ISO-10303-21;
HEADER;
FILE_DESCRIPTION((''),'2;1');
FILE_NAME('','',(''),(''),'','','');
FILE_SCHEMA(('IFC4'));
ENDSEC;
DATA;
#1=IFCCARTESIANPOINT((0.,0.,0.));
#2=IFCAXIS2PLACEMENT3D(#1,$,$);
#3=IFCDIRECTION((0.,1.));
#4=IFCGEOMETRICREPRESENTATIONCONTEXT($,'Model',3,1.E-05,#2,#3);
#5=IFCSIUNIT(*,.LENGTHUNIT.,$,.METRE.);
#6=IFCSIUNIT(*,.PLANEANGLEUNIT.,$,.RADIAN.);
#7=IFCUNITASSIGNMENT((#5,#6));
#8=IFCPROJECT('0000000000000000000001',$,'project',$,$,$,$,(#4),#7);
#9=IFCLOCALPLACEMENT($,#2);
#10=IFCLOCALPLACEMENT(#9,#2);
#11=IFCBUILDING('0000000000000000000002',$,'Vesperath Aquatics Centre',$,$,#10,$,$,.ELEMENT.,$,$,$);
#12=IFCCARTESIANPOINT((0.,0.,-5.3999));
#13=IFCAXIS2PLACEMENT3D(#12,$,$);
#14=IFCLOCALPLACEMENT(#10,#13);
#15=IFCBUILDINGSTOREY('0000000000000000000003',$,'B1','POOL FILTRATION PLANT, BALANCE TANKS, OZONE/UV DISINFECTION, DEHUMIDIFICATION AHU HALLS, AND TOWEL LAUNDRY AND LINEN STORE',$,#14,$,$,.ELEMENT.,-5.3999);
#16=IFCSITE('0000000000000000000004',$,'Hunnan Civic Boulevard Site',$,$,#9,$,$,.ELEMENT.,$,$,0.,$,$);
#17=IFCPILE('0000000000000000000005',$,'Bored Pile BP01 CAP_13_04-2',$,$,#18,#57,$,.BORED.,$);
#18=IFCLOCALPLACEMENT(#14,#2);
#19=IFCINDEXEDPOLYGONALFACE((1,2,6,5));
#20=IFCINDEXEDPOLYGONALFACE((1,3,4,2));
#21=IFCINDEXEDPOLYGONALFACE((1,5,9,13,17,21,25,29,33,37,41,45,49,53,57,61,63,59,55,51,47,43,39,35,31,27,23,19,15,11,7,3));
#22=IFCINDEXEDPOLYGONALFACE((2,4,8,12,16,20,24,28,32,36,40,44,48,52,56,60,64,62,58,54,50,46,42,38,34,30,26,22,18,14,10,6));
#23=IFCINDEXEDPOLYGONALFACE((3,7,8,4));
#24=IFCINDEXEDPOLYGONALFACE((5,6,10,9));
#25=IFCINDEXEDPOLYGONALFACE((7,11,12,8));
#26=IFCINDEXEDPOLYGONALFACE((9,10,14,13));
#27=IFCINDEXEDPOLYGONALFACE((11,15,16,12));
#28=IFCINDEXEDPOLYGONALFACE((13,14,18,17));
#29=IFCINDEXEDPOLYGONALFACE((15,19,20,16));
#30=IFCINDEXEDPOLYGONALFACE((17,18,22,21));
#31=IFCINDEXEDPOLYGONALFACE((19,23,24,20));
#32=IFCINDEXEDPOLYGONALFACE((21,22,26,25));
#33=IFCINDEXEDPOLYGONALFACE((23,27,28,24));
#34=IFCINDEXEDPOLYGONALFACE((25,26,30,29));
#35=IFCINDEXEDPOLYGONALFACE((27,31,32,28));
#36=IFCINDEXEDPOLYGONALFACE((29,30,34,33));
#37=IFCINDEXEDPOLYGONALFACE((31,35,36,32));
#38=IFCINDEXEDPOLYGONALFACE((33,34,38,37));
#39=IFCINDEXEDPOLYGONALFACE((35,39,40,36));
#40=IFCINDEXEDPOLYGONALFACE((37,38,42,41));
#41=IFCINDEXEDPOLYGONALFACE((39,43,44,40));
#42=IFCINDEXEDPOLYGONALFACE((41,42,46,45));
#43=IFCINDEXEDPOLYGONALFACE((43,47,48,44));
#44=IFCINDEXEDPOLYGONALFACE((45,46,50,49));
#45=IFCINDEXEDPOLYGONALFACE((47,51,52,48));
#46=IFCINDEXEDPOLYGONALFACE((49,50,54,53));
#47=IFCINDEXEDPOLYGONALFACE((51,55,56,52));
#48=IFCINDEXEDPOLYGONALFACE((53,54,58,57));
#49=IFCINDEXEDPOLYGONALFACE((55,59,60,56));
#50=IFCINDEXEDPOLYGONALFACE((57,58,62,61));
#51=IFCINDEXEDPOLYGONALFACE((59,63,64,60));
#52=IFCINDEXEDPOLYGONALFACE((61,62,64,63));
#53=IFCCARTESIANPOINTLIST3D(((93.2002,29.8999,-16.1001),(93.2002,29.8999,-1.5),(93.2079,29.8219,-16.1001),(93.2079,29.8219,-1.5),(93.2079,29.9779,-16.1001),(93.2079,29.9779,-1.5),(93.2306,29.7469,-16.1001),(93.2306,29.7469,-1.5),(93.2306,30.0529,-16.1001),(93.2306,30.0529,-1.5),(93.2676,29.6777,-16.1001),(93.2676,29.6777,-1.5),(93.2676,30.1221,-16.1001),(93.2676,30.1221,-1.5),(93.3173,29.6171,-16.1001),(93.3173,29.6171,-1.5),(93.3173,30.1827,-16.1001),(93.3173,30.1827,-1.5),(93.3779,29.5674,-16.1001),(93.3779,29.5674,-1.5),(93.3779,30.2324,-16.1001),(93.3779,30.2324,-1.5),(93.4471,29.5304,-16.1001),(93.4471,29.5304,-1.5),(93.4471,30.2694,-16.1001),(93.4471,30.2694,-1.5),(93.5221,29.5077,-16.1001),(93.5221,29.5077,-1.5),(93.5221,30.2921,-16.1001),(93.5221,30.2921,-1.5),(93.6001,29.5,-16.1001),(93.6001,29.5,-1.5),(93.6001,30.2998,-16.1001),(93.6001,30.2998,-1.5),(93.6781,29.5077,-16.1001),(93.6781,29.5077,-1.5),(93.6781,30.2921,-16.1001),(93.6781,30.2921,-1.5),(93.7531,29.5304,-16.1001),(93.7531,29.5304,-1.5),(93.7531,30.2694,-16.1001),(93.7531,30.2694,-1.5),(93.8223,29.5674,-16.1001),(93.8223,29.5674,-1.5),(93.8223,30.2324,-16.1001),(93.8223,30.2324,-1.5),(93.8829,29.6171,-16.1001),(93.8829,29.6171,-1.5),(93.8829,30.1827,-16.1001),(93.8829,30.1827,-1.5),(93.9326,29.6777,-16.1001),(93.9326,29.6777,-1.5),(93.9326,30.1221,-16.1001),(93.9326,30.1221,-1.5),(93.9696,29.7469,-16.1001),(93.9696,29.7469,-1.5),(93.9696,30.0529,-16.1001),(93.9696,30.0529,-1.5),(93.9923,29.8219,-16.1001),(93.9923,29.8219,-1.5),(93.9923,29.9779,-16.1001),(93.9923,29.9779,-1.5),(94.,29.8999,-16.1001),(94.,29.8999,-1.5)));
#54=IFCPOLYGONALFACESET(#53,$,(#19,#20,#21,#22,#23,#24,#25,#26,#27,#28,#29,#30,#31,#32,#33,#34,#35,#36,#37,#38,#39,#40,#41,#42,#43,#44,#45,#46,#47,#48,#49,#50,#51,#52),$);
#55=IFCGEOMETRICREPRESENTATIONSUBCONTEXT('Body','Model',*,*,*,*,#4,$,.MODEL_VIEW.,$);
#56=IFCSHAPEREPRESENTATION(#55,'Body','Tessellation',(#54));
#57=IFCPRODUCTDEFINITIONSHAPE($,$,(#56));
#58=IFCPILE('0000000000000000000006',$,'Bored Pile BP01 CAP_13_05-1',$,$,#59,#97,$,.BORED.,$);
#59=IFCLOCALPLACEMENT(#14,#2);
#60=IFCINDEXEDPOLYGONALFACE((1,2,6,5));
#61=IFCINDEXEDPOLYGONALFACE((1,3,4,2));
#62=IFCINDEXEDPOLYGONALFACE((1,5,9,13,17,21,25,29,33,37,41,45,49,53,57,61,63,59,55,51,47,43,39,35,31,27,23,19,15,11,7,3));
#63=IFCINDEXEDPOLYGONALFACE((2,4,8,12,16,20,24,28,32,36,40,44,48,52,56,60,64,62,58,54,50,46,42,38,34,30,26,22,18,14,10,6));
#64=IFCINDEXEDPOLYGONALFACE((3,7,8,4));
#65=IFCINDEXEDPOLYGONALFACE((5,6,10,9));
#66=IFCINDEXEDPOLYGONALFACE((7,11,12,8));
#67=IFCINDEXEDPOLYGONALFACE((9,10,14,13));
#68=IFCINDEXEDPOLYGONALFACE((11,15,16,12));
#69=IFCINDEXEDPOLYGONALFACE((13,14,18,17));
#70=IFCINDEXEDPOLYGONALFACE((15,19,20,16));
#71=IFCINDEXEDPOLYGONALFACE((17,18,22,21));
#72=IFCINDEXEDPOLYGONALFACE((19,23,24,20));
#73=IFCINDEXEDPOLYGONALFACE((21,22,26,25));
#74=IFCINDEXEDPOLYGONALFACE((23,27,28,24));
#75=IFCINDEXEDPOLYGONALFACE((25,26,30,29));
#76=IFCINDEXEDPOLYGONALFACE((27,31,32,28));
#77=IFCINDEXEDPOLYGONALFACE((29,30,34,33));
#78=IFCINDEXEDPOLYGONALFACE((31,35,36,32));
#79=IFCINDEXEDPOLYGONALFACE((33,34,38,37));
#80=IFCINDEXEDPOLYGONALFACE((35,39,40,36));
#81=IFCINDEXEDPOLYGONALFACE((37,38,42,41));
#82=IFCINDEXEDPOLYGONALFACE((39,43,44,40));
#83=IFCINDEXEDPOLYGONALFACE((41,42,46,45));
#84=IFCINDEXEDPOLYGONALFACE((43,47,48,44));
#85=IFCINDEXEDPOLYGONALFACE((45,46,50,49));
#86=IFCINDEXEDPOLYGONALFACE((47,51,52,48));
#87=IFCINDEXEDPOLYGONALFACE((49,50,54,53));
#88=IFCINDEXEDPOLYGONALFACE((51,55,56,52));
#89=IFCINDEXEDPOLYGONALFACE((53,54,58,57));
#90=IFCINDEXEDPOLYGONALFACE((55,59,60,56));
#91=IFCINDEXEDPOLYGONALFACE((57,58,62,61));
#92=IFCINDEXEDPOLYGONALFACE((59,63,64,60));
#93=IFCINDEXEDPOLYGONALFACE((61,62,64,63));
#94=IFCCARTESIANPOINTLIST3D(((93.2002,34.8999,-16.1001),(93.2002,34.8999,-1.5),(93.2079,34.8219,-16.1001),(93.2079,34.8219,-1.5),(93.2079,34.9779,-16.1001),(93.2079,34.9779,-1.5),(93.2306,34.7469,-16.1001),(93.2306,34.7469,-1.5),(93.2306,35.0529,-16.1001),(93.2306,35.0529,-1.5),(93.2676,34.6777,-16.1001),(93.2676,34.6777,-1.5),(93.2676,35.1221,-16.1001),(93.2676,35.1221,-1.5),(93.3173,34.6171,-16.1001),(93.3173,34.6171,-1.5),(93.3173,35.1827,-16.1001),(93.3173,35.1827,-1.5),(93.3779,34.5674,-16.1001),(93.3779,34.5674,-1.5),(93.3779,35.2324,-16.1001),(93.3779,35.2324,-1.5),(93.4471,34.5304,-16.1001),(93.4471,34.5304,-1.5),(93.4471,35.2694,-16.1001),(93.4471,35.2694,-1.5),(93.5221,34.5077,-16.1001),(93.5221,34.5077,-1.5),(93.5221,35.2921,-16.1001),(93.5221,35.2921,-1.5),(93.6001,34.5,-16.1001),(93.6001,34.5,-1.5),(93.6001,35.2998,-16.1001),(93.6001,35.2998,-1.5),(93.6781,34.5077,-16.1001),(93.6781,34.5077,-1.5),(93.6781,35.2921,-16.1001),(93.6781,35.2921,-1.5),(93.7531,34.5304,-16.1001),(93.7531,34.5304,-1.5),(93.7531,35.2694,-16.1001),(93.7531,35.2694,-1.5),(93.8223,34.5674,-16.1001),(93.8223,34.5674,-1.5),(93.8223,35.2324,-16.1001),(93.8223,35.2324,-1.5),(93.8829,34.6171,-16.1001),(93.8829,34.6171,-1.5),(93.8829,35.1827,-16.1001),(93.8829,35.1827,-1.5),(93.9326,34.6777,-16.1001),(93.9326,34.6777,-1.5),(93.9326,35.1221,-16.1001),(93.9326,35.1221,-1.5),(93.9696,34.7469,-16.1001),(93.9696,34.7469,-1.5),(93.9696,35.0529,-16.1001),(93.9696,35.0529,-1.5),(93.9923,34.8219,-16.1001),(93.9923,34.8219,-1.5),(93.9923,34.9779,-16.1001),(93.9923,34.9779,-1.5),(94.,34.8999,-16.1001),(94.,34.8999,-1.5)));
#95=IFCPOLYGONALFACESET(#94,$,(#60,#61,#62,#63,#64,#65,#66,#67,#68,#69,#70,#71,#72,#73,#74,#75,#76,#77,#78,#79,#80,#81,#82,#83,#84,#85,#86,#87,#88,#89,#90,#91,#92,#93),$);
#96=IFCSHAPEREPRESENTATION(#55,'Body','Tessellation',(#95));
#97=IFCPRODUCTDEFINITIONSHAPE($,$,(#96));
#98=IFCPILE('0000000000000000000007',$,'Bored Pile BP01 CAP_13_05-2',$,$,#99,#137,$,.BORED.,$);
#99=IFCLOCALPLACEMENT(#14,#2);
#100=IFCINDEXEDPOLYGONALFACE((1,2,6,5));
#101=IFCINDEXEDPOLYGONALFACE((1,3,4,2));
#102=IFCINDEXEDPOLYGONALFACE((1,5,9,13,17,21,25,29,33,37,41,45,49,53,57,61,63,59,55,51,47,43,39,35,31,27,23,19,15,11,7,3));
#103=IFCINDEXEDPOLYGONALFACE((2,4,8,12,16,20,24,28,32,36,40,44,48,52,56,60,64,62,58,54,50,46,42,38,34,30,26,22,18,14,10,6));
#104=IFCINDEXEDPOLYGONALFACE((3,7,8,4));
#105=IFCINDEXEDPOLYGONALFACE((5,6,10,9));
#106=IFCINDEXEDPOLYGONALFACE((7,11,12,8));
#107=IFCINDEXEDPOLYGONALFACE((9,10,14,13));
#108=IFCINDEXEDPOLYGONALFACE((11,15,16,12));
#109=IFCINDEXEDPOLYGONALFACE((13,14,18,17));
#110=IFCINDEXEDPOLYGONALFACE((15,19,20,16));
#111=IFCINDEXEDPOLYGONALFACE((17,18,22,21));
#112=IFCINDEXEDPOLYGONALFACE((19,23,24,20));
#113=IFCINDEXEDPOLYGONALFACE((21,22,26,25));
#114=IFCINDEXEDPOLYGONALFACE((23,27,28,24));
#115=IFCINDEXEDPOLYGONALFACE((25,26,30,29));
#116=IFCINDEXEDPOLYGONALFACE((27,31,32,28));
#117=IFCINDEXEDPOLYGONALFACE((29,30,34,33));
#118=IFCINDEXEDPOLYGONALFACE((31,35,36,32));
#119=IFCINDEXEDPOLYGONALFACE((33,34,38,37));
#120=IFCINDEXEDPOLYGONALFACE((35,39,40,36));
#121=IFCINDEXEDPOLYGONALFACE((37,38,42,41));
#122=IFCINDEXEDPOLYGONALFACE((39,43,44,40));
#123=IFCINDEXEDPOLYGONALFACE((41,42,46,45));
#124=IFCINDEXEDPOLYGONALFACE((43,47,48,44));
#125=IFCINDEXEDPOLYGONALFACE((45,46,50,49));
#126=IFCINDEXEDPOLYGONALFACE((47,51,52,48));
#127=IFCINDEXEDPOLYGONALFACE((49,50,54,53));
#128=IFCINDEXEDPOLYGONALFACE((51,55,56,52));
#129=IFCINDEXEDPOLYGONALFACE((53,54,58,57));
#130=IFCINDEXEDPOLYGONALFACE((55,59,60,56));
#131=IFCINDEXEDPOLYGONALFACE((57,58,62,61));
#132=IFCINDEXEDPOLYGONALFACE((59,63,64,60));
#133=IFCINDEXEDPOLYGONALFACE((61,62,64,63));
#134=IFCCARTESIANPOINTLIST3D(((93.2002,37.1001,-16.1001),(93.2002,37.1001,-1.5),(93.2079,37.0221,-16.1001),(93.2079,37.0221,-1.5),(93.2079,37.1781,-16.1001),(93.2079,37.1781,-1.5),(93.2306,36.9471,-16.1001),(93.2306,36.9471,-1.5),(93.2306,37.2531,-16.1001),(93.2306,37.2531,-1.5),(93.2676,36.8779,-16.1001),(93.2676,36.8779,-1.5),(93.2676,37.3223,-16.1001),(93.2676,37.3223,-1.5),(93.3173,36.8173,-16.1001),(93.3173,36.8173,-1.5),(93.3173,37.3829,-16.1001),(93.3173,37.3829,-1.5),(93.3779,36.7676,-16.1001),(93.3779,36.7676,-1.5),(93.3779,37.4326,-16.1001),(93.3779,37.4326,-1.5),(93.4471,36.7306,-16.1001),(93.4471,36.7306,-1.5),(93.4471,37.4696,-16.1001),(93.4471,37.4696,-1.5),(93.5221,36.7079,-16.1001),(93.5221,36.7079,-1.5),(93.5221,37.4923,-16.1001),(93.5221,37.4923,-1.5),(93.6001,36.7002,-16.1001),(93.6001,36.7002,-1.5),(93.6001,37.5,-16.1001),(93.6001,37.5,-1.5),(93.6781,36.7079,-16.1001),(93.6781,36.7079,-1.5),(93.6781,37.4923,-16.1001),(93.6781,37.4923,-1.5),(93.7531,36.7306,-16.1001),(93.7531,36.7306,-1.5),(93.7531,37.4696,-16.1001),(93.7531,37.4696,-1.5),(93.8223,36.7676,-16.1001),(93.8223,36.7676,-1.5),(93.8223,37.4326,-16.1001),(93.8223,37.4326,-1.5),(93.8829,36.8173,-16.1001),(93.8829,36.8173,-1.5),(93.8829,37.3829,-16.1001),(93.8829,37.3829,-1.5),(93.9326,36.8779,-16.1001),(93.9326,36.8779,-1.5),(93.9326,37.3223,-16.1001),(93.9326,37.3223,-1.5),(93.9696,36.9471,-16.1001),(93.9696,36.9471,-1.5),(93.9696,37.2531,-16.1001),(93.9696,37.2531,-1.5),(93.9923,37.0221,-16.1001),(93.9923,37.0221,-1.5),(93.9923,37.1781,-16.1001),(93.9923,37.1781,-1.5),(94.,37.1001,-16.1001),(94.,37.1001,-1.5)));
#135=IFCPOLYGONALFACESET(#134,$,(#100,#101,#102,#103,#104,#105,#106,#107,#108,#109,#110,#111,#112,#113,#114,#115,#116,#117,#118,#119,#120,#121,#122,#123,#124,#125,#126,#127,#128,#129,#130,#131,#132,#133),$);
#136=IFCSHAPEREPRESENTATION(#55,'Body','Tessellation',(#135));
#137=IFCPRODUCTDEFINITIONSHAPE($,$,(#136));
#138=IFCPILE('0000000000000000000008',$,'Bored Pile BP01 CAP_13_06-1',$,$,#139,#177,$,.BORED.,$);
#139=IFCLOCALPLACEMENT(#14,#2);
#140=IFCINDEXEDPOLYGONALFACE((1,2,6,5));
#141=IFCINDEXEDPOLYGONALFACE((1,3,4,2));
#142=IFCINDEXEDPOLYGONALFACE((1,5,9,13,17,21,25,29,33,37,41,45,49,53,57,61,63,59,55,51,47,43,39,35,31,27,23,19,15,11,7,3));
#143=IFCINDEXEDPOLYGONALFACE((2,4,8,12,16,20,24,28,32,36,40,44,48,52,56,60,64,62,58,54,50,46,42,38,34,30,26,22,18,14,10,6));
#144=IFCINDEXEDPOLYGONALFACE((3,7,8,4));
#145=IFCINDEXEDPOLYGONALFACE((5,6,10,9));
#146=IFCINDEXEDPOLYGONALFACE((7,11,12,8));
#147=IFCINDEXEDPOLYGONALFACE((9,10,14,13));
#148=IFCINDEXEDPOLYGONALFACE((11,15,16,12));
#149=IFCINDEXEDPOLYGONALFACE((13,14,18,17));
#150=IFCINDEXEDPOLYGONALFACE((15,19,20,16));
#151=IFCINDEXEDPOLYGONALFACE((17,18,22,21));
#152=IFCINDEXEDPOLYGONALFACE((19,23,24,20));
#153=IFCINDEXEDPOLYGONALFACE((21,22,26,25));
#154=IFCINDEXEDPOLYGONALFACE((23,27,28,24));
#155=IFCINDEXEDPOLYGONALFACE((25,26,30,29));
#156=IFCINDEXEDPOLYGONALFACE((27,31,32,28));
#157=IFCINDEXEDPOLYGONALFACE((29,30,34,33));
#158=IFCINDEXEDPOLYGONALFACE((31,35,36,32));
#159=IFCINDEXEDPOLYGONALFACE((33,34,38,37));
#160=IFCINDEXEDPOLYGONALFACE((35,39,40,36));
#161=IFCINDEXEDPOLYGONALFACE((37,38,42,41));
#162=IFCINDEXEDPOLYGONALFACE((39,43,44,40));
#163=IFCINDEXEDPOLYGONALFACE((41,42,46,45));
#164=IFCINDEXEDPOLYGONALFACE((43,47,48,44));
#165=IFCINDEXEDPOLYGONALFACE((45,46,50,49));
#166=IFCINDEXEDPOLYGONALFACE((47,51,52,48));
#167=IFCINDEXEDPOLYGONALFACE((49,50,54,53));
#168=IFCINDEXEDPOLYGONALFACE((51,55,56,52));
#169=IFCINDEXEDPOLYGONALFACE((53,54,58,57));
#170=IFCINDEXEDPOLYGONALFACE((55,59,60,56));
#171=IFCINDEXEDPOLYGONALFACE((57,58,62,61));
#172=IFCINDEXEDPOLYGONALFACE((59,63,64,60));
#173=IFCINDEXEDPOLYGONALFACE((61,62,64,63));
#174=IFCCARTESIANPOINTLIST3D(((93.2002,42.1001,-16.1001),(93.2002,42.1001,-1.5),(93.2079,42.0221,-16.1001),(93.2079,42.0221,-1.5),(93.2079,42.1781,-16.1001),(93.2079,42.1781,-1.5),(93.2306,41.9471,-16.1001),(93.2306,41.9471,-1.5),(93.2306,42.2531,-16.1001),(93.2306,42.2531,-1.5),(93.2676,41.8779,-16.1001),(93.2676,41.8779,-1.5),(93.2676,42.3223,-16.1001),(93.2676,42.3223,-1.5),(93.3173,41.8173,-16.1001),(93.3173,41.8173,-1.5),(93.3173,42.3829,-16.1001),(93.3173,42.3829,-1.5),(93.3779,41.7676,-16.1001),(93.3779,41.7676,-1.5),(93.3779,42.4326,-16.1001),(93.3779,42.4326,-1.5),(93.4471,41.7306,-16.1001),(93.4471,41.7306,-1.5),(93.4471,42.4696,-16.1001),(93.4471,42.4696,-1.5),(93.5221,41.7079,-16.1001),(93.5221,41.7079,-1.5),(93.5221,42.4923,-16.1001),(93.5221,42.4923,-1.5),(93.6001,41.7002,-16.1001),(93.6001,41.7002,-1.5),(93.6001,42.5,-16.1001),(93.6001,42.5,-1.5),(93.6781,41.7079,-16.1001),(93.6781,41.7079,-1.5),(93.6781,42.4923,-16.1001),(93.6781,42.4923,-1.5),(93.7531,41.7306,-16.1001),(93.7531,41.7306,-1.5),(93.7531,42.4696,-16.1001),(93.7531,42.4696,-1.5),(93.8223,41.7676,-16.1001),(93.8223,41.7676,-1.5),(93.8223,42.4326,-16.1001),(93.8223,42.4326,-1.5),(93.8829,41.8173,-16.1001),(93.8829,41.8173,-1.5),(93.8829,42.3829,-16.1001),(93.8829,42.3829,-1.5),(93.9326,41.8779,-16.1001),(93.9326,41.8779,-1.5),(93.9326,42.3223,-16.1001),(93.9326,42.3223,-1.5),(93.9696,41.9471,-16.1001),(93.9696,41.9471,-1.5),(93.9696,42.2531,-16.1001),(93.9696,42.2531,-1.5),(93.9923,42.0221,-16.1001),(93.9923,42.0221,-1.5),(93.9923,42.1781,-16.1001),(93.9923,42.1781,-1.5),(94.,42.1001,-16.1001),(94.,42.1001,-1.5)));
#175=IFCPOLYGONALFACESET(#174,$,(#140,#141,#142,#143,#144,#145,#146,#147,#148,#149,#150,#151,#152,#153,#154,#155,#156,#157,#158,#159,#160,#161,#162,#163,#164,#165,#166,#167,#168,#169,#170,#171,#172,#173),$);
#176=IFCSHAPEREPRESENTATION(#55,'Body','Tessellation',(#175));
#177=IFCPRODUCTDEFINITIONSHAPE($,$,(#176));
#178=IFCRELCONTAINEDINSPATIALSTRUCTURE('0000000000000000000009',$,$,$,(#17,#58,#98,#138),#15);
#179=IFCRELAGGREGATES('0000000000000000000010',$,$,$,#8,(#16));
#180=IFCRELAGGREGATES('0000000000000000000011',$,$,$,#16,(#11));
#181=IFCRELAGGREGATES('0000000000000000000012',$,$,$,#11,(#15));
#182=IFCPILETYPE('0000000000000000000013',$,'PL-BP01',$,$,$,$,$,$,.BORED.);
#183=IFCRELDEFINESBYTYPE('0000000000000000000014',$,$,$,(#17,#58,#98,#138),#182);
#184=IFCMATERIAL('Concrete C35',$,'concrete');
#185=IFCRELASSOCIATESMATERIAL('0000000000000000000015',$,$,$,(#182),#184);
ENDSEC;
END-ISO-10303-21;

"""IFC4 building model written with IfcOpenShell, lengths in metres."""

from ifc_helpers import new_model, si_unit, direction, frame, origin, origin_2d, place, context, subcontext, project, spatial, circle, extrude, material, material_profile, profile_set, type_object, element, save


model = new_model("IFC4")

# Units and contexts
model_context = context("Model", 3, precision=1e-05, world=origin(), true_north=direction((0.0, 1.0)))
body_context = subcontext(model_context, "Body", "Model", "MODEL_VIEW")
ifc_project = project(units=[si_unit("LENGTHUNIT", "METRE"), si_unit("PLANEANGLEUNIT", "RADIAN")], contexts=[model_context])

# Site, building, storey
site_placement = place(None, origin())
site = spatial("IfcSite", under=ifc_project, at=site_placement, Name="Hunnan Civic Boulevard Site", CompositionType="ELEMENT", RefElevation=0.0)
building_placement = place(site_placement, origin())
building = spatial("IfcBuilding", under=site, at=building_placement, Name="Vesperath Aquatics Centre", CompositionType="ELEMENT")
storey_placement = place(building_placement, frame((0.0, 0.0, -5.3999)))
storey = spatial("IfcBuildingStorey", under=building, at=storey_placement, Name="B1", Description="POOL FILTRATION PLANT, BALANCE TANKS, OZONE/UV DISINFECTION, DEHUMIDIFICATION AHU HALLS, AND TOWEL LAUNDRY AND LINEN STORE", CompositionType="ELEMENT", Elevation=-5.3999)

# Piles
ifc_material_1 = material(Name="Concrete C35", Category="concrete")
ifc_material_profile_1 = material_profile(ifc_material_1, circle(Radius=0.3999, at=origin_2d()), Name="PILE D800")
ifc_profile_set_1 = profile_set([ifc_material_profile_1], Name="Concrete C35")
pile_type = type_object("IfcPileType", Name="PL-BP01", PredefinedType="BORED", material=ifc_profile_set_1)
for number, where, z_axis, x_axis, name in (
    (1, (93.6001, 29.8999, -1.5), (0.0, 0.0, -1.0), (1.0, 0.0, 0.0), "Bored Pile BP01 CAP_13_04-2"),
    (2, (93.6001, 34.8999, -1.5), (0.0, 0.0, -1.0), (1.0, 0.0, 0.0), "Bored Pile BP01 CAP_13_05-1"),
    (3, (93.6001, 37.1001, -1.5), (0.0, 0.0, -1.0), (1.0, 0.0, 0.0), "Bored Pile BP01 CAP_13_05-2"),
    (4, (93.6001, 42.1001, -1.5), (0.0, 0.0, -1.0), (1.0, 0.0, 0.0), "Bored Pile BP01 CAP_13_06-1"),
):
    element("IfcPile", number, at=place(storey_placement, frame(where, z_axis=z_axis, x_axis=x_axis)), inside=storey, type_object=pile_type, Name=name, PredefinedType="BORED", context=body_context, shape_type="SweptSolid", body=[
        extrude(circle(Radius=0.3999, at=origin_2d()), origin(), (0.0, 0.0, 1.0), 14.6001),
    ])

save(model, "model.ifc")
